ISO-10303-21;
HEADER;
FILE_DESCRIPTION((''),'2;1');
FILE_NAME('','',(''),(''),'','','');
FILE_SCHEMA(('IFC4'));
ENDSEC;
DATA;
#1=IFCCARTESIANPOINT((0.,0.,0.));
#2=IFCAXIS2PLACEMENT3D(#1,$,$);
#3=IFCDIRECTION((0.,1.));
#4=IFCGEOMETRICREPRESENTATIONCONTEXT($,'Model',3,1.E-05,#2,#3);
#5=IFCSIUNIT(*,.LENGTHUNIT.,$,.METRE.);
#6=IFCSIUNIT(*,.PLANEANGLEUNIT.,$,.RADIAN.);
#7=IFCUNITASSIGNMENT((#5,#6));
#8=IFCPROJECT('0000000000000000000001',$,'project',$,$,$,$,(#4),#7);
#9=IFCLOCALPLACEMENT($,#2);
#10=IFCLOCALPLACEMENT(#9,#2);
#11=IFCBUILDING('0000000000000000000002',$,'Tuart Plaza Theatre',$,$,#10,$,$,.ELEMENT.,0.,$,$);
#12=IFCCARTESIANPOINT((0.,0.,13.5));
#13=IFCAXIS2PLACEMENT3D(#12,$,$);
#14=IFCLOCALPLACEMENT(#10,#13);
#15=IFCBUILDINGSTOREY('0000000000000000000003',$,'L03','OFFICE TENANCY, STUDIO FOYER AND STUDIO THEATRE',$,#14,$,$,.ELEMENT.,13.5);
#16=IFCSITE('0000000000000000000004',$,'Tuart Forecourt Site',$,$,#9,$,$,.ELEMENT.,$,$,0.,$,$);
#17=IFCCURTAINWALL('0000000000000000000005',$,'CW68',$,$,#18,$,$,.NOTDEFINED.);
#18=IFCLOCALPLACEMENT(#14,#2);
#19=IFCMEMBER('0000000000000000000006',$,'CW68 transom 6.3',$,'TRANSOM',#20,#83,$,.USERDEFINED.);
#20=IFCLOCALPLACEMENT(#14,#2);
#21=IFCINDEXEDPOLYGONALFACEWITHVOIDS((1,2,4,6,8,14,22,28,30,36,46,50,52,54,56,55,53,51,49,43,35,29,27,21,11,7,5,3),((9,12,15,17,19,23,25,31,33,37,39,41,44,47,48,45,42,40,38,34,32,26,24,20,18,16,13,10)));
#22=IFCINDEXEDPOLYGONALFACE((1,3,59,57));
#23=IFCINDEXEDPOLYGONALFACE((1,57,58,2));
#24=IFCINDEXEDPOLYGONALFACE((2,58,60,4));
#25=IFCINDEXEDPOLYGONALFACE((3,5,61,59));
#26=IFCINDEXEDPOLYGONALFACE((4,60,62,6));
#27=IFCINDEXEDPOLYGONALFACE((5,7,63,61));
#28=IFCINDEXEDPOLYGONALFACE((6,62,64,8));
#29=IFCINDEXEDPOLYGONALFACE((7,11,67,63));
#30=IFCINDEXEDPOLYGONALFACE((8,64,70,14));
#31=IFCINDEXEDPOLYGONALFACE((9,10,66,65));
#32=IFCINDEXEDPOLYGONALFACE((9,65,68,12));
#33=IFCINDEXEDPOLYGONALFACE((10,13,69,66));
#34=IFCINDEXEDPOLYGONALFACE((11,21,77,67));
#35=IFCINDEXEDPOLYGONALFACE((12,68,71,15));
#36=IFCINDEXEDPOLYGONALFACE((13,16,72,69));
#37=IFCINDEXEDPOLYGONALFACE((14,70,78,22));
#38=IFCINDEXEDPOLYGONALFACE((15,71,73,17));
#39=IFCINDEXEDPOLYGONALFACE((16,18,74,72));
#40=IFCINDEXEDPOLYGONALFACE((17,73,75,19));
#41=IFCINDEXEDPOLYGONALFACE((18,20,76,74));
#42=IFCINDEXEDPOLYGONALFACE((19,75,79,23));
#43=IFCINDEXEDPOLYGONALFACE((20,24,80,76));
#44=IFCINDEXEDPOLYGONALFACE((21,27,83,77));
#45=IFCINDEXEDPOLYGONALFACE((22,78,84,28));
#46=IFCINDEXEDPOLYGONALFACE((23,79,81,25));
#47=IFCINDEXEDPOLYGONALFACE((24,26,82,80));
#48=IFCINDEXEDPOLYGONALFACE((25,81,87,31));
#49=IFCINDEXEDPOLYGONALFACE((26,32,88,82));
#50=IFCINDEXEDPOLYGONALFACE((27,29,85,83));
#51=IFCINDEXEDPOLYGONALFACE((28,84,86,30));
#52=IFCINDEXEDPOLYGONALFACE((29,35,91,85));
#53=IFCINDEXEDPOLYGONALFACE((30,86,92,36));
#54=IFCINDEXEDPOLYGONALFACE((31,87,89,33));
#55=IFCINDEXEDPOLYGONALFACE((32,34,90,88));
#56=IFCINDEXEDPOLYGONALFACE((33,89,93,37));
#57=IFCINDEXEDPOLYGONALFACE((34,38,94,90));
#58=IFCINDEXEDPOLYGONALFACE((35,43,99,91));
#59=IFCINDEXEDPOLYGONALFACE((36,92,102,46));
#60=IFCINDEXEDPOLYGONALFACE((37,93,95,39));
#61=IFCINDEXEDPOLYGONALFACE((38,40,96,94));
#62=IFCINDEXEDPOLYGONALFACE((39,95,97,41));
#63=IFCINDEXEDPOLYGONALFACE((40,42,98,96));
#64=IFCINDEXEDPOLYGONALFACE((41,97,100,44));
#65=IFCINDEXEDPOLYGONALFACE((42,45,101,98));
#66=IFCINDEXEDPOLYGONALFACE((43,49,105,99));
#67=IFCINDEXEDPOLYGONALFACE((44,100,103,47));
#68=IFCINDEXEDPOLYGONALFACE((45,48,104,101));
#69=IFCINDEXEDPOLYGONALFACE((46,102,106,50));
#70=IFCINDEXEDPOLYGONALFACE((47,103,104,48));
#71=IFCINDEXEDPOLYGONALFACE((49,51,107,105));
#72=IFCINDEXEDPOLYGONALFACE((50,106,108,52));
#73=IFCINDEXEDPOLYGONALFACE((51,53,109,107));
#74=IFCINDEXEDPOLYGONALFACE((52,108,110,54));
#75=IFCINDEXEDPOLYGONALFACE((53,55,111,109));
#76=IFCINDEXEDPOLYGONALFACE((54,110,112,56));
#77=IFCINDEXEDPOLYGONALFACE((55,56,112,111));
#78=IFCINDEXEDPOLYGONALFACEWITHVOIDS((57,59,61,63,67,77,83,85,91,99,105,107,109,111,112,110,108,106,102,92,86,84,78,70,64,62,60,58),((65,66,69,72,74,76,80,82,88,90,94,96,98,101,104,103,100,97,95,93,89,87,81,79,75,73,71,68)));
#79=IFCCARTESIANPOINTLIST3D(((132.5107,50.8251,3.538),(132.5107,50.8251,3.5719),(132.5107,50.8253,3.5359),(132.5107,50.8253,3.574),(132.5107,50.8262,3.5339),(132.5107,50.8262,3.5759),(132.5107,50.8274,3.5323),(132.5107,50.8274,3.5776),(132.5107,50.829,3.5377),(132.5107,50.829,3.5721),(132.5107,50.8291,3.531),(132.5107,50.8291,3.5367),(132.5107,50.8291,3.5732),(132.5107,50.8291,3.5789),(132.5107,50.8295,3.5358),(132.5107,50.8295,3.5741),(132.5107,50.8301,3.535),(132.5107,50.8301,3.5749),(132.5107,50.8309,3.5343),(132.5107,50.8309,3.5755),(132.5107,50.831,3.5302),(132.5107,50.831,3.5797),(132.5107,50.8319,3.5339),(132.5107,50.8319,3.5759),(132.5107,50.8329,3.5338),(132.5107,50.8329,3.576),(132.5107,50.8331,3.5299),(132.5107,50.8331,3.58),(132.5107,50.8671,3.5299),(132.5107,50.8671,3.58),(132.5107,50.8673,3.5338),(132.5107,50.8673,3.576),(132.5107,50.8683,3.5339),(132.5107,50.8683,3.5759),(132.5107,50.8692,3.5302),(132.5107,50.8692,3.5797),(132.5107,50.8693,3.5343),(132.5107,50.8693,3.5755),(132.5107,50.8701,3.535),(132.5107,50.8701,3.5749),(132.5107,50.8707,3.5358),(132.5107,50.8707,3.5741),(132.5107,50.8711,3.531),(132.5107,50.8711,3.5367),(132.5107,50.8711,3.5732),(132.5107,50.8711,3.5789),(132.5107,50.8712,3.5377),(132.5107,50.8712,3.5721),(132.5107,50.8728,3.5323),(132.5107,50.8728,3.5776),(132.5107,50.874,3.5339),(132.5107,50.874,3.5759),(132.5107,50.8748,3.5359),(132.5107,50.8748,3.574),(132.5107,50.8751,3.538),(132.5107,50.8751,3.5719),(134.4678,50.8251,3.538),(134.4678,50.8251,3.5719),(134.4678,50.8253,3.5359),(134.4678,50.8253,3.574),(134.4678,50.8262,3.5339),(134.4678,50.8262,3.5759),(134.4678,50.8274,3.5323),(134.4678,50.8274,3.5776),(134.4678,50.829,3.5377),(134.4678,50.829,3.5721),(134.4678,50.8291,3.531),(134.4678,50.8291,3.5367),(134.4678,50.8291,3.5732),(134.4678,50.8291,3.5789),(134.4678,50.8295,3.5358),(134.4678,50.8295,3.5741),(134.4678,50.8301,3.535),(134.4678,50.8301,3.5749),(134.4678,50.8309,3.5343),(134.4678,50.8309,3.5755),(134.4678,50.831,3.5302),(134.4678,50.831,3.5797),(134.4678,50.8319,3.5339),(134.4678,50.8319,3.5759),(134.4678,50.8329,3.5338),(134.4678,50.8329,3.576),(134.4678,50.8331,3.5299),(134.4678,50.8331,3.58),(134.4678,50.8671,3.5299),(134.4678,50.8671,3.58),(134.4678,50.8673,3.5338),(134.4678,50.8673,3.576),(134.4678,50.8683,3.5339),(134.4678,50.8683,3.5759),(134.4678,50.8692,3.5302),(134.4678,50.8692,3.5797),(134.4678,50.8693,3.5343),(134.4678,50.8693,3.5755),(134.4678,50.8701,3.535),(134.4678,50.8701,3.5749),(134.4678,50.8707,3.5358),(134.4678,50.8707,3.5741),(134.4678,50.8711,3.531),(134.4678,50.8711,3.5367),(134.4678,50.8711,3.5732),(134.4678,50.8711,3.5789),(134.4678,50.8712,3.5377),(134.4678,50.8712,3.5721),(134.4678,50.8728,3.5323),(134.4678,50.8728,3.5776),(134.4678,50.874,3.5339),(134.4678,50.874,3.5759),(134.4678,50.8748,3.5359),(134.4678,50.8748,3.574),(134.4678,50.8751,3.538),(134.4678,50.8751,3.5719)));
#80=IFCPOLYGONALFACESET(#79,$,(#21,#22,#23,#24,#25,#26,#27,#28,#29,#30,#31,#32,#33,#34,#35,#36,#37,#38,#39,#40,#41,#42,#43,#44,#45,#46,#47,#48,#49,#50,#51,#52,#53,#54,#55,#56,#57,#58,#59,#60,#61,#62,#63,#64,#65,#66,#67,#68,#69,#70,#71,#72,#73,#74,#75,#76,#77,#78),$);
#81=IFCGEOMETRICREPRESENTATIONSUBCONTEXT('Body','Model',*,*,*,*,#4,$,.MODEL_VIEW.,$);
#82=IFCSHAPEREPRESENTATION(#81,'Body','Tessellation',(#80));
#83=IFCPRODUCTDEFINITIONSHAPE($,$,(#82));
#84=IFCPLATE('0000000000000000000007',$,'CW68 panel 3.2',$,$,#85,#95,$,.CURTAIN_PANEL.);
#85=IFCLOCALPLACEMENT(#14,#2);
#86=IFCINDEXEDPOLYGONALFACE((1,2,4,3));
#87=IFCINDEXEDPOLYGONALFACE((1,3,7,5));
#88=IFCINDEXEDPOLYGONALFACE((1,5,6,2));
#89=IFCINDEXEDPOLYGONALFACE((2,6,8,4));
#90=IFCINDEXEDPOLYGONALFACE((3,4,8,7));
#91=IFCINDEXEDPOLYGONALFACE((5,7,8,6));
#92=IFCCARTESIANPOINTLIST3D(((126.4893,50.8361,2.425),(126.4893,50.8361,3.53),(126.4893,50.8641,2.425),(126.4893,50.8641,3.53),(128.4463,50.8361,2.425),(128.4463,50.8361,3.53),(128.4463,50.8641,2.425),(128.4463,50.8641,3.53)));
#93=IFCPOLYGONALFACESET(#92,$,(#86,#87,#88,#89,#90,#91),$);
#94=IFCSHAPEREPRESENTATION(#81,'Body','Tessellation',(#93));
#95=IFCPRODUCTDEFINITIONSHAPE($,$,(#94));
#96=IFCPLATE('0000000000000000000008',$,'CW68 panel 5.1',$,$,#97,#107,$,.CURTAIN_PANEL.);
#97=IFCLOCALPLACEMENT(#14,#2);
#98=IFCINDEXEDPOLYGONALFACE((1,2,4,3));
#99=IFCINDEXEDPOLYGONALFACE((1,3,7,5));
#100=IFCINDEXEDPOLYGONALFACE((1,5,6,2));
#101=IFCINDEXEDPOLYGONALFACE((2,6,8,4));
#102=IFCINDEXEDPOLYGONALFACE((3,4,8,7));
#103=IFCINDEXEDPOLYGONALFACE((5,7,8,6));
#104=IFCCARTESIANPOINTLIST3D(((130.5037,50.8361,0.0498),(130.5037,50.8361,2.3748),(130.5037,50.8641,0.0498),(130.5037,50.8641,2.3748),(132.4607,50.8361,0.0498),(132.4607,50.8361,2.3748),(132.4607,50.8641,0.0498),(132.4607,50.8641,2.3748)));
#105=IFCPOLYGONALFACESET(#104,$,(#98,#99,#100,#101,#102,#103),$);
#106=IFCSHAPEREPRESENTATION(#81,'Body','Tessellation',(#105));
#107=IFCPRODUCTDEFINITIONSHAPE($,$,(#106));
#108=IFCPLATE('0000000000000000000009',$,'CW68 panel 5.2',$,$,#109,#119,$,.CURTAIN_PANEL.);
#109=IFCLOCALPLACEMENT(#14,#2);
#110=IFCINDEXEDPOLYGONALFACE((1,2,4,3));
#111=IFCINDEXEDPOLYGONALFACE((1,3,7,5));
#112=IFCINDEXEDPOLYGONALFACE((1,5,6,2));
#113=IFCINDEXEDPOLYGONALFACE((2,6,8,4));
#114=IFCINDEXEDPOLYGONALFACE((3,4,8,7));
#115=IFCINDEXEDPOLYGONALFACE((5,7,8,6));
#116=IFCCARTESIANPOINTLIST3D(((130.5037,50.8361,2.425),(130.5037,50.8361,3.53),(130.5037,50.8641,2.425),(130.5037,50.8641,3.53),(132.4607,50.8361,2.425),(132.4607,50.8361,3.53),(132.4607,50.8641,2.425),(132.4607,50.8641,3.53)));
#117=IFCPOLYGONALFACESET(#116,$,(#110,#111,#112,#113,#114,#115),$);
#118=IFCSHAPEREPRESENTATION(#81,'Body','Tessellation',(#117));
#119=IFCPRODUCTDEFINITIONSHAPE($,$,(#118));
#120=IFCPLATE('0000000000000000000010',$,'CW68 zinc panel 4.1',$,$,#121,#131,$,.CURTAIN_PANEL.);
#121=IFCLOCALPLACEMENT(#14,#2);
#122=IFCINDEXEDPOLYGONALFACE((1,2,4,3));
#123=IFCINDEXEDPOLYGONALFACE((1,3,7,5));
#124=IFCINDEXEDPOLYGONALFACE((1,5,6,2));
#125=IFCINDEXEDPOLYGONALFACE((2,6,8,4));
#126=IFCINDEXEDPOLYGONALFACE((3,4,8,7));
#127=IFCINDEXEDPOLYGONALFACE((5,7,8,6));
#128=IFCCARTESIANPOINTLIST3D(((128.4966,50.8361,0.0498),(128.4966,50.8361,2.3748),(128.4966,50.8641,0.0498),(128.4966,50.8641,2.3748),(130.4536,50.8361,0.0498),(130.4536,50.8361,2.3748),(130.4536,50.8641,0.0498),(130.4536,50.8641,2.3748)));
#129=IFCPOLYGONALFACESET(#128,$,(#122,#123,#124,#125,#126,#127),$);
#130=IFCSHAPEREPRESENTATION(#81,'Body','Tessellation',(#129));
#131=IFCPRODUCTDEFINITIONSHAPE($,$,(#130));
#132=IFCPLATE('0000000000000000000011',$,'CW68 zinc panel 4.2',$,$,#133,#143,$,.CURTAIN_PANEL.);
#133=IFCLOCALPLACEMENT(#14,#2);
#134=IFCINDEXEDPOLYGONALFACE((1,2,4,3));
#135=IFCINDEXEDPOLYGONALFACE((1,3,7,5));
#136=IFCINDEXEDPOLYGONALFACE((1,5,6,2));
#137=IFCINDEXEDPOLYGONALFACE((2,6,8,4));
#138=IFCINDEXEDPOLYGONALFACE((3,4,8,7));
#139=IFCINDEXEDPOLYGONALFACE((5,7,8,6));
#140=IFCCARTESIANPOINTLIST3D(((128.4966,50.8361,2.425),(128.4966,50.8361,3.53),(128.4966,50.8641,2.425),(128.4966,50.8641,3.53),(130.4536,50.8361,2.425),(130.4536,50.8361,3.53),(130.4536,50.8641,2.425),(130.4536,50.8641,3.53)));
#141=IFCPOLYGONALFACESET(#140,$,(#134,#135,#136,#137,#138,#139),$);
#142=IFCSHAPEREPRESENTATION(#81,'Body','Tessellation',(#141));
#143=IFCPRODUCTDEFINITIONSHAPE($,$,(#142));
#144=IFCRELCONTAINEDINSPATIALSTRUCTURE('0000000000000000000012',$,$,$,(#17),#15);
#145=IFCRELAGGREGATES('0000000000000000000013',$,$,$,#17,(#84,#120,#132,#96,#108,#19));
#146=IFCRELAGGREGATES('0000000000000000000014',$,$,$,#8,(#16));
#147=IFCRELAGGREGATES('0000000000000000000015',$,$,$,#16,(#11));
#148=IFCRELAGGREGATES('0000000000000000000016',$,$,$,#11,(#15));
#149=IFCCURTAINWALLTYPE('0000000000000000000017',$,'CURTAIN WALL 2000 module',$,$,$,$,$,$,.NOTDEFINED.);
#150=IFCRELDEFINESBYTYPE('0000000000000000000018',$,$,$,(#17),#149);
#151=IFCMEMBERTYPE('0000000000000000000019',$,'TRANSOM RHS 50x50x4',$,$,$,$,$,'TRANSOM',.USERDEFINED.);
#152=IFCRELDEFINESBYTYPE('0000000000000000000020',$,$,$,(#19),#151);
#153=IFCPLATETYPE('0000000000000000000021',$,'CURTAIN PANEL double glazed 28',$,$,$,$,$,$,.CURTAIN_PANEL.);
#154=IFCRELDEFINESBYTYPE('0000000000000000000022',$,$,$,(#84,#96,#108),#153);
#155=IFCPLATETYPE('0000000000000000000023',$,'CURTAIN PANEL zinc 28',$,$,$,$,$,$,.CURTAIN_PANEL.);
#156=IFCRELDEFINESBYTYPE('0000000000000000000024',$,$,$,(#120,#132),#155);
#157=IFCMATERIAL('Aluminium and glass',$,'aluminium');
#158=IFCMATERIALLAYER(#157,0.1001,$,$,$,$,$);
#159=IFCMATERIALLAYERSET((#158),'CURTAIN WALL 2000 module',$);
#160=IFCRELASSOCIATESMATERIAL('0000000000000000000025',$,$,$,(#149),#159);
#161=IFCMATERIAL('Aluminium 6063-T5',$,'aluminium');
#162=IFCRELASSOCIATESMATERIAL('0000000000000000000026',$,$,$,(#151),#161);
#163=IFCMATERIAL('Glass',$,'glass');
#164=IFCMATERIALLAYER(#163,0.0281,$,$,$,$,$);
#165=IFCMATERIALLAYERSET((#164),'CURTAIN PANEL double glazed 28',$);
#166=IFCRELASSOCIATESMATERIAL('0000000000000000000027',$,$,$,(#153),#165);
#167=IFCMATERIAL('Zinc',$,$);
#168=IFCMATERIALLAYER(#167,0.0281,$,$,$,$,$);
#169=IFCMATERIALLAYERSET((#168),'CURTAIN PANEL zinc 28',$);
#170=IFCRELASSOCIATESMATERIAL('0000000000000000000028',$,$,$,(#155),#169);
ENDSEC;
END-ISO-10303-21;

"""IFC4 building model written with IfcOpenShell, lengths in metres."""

from ifc_helpers import new_model, si_unit, direction, frame, origin, origin_2d, place, context, subcontext, project, spatial, rectangle, hollow_rectangle, extrude, material, layer, layer_set, material_profile, profile_set, type_object, element, aggregate, save


model = new_model("IFC4")

# Units and contexts
model_context = context("Model", 3, precision=1e-05, world=origin(), true_north=direction((0.0, 1.0)))
body_context = subcontext(model_context, "Body", "Model", "MODEL_VIEW")
ifc_project = project(units=[si_unit("LENGTHUNIT", "METRE"), si_unit("PLANEANGLEUNIT", "RADIAN")], contexts=[model_context])

# Site, building, storey
site_placement = place(None, origin())
site = spatial("IfcSite", under=ifc_project, at=site_placement, Name="Tuart Forecourt Site", CompositionType="ELEMENT", RefElevation=0.0)
building_placement = place(site_placement, origin())
building = spatial("IfcBuilding", under=site, at=building_placement, Name="Tuart Plaza Theatre", CompositionType="ELEMENT", ElevationOfRefHeight=0.0)
storey_placement = place(building_placement, frame((0.0, 0.0, 13.5)))
storey = spatial("IfcBuildingStorey", under=building, at=storey_placement, Name="L03", Description="OFFICE TENANCY, STUDIO FOYER AND STUDIO THEATRE", CompositionType="ELEMENT", Elevation=13.5)

# Curtain wall, member, plates
ifc_material_1 = material(Name="Aluminium and glass", Category="aluminium")
ifc_layer_1 = layer(ifc_material_1, 0.1001)
ifc_layer_set_1 = layer_set([ifc_layer_1], Name="CURTAIN WALL 2000 module")
curtain_wall_type = type_object("IfcCurtainWallType", Name="CURTAIN WALL 2000 module", PredefinedType="NOTDEFINED", material=ifc_layer_set_1)
curtain_wall_placement = place(storey_placement, origin())
curtain_wall = element("IfcCurtainWall", 1, at=curtain_wall_placement, inside=storey, type_object=curtain_wall_type, Name="CW68", PredefinedType="NOTDEFINED")
ifc_material_2 = material(Name="Aluminium 6063-T5", Category="aluminium")
ifc_material_profile_1 = material_profile(ifc_material_2, hollow_rectangle(XDim=0.05, YDim=0.05, WallThickness=0.0039, InnerFilletRadius=0.0039, OuterFilletRadius=0.0081, at=origin_2d()), Name="RHS 50x50x4")
ifc_profile_set_1 = profile_set([ifc_material_profile_1], Name="Aluminium 6063-T5")
member_type_1 = type_object("IfcMemberType", Name="TRANSOM RHS 50x50x4", ElementType="TRANSOM", PredefinedType="USERDEFINED", material=ifc_profile_set_1)
member_1_placement = place(storey_placement, frame((132.5107, 50.8501, 3.5549), z_axis=(1.0, 0.0, 0.0), x_axis=(0.0, 1.0, 0.0)))
member_1 = element("IfcMember", 2, at=member_1_placement, type_object=member_type_1, Name="CW68 transom 6.3", ObjectType="TRANSOM", PredefinedType="USERDEFINED", context=body_context, shape_type="SweptSolid", body=[
    extrude(hollow_rectangle(XDim=0.05, YDim=0.05, WallThickness=0.0039, InnerFilletRadius=0.0039, OuterFilletRadius=0.0081, at=origin_2d()), origin(), (0.0, 0.0, 1.0), 1.957),
])
ifc_material_3 = material(Name="Glass", Category="glass")
ifc_layer_2 = layer(ifc_material_3, 0.0281)
ifc_layer_set_2 = layer_set([ifc_layer_2], Name="CURTAIN PANEL double glazed 28")
plate_type_1 = type_object("IfcPlateType", Name="CURTAIN PANEL double glazed 28", PredefinedType="CURTAIN_PANEL", material=ifc_layer_set_2)
plate_1_placement = place(storey_placement, frame((127.4678, 50.8501, 2.425), z_axis=(0.0, 0.0, 1.0), x_axis=(1.0, 0.0, 0.0)))
plate_1 = element("IfcPlate", 3, at=plate_1_placement, type_object=plate_type_1, Name="CW68 panel 3.2", PredefinedType="CURTAIN_PANEL", context=body_context, shape_type="SweptSolid", body=[
    extrude(rectangle(XDim=1.957, YDim=0.0281, at=origin_2d()), origin(), (0.0, 0.0, 1.0), 1.105),
])
plate_2_placement = place(storey_placement, frame((131.4822, 50.8501, 0.0498), z_axis=(0.0, 0.0, 1.0), x_axis=(1.0, 0.0, 0.0)))
plate_2 = element("IfcPlate", 4, at=plate_2_placement, type_object=plate_type_1, Name="CW68 panel 5.1", PredefinedType="CURTAIN_PANEL", context=body_context, shape_type="SweptSolid", body=[
    extrude(rectangle(XDim=1.957, YDim=0.0281, at=origin_2d()), origin(), (0.0, 0.0, 1.0), 2.325),
])
plate_3_placement = place(storey_placement, frame((131.4822, 50.8501, 2.425), z_axis=(0.0, 0.0, 1.0), x_axis=(1.0, 0.0, 0.0)))
plate_3 = element("IfcPlate", 5, at=plate_3_placement, type_object=plate_type_1, Name="CW68 panel 5.2", PredefinedType="CURTAIN_PANEL", context=body_context, shape_type="SweptSolid", body=[
    extrude(rectangle(XDim=1.957, YDim=0.0281, at=origin_2d()), origin(), (0.0, 0.0, 1.0), 1.105),
])
ifc_material_4 = material(Name="Zinc")
ifc_layer_3 = layer(ifc_material_4, 0.0281)
ifc_layer_set_3 = layer_set([ifc_layer_3], Name="CURTAIN PANEL zinc 28")
plate_type_2 = type_object("IfcPlateType", Name="CURTAIN PANEL zinc 28", PredefinedType="CURTAIN_PANEL", material=ifc_layer_set_3)
plate_4_placement = place(storey_placement, frame((129.4751, 50.8501, 0.0498), z_axis=(0.0, 0.0, 1.0), x_axis=(1.0, 0.0, 0.0)))
plate_4 = element("IfcPlate", 6, at=plate_4_placement, type_object=plate_type_2, Name="CW68 zinc panel 4.1", PredefinedType="CURTAIN_PANEL", context=body_context, shape_type="SweptSolid", body=[
    extrude(rectangle(XDim=1.957, YDim=0.0281, at=origin_2d()), origin(), (0.0, 0.0, 1.0), 2.325),
])
plate_5_placement = place(storey_placement, frame((129.4751, 50.8501, 2.425), z_axis=(0.0, 0.0, 1.0), x_axis=(1.0, 0.0, 0.0)))
plate_5 = element("IfcPlate", 7, at=plate_5_placement, type_object=plate_type_2, Name="CW68 zinc panel 4.2", PredefinedType="CURTAIN_PANEL", context=body_context, shape_type="SweptSolid", body=[
    extrude(rectangle(XDim=1.957, YDim=0.0281, at=origin_2d()), origin(), (0.0, 0.0, 1.0), 1.105),
])
aggregate(curtain_wall, [plate_1, plate_4, plate_5, plate_2, plate_3, member_1])

save(model, "model.ifc")
